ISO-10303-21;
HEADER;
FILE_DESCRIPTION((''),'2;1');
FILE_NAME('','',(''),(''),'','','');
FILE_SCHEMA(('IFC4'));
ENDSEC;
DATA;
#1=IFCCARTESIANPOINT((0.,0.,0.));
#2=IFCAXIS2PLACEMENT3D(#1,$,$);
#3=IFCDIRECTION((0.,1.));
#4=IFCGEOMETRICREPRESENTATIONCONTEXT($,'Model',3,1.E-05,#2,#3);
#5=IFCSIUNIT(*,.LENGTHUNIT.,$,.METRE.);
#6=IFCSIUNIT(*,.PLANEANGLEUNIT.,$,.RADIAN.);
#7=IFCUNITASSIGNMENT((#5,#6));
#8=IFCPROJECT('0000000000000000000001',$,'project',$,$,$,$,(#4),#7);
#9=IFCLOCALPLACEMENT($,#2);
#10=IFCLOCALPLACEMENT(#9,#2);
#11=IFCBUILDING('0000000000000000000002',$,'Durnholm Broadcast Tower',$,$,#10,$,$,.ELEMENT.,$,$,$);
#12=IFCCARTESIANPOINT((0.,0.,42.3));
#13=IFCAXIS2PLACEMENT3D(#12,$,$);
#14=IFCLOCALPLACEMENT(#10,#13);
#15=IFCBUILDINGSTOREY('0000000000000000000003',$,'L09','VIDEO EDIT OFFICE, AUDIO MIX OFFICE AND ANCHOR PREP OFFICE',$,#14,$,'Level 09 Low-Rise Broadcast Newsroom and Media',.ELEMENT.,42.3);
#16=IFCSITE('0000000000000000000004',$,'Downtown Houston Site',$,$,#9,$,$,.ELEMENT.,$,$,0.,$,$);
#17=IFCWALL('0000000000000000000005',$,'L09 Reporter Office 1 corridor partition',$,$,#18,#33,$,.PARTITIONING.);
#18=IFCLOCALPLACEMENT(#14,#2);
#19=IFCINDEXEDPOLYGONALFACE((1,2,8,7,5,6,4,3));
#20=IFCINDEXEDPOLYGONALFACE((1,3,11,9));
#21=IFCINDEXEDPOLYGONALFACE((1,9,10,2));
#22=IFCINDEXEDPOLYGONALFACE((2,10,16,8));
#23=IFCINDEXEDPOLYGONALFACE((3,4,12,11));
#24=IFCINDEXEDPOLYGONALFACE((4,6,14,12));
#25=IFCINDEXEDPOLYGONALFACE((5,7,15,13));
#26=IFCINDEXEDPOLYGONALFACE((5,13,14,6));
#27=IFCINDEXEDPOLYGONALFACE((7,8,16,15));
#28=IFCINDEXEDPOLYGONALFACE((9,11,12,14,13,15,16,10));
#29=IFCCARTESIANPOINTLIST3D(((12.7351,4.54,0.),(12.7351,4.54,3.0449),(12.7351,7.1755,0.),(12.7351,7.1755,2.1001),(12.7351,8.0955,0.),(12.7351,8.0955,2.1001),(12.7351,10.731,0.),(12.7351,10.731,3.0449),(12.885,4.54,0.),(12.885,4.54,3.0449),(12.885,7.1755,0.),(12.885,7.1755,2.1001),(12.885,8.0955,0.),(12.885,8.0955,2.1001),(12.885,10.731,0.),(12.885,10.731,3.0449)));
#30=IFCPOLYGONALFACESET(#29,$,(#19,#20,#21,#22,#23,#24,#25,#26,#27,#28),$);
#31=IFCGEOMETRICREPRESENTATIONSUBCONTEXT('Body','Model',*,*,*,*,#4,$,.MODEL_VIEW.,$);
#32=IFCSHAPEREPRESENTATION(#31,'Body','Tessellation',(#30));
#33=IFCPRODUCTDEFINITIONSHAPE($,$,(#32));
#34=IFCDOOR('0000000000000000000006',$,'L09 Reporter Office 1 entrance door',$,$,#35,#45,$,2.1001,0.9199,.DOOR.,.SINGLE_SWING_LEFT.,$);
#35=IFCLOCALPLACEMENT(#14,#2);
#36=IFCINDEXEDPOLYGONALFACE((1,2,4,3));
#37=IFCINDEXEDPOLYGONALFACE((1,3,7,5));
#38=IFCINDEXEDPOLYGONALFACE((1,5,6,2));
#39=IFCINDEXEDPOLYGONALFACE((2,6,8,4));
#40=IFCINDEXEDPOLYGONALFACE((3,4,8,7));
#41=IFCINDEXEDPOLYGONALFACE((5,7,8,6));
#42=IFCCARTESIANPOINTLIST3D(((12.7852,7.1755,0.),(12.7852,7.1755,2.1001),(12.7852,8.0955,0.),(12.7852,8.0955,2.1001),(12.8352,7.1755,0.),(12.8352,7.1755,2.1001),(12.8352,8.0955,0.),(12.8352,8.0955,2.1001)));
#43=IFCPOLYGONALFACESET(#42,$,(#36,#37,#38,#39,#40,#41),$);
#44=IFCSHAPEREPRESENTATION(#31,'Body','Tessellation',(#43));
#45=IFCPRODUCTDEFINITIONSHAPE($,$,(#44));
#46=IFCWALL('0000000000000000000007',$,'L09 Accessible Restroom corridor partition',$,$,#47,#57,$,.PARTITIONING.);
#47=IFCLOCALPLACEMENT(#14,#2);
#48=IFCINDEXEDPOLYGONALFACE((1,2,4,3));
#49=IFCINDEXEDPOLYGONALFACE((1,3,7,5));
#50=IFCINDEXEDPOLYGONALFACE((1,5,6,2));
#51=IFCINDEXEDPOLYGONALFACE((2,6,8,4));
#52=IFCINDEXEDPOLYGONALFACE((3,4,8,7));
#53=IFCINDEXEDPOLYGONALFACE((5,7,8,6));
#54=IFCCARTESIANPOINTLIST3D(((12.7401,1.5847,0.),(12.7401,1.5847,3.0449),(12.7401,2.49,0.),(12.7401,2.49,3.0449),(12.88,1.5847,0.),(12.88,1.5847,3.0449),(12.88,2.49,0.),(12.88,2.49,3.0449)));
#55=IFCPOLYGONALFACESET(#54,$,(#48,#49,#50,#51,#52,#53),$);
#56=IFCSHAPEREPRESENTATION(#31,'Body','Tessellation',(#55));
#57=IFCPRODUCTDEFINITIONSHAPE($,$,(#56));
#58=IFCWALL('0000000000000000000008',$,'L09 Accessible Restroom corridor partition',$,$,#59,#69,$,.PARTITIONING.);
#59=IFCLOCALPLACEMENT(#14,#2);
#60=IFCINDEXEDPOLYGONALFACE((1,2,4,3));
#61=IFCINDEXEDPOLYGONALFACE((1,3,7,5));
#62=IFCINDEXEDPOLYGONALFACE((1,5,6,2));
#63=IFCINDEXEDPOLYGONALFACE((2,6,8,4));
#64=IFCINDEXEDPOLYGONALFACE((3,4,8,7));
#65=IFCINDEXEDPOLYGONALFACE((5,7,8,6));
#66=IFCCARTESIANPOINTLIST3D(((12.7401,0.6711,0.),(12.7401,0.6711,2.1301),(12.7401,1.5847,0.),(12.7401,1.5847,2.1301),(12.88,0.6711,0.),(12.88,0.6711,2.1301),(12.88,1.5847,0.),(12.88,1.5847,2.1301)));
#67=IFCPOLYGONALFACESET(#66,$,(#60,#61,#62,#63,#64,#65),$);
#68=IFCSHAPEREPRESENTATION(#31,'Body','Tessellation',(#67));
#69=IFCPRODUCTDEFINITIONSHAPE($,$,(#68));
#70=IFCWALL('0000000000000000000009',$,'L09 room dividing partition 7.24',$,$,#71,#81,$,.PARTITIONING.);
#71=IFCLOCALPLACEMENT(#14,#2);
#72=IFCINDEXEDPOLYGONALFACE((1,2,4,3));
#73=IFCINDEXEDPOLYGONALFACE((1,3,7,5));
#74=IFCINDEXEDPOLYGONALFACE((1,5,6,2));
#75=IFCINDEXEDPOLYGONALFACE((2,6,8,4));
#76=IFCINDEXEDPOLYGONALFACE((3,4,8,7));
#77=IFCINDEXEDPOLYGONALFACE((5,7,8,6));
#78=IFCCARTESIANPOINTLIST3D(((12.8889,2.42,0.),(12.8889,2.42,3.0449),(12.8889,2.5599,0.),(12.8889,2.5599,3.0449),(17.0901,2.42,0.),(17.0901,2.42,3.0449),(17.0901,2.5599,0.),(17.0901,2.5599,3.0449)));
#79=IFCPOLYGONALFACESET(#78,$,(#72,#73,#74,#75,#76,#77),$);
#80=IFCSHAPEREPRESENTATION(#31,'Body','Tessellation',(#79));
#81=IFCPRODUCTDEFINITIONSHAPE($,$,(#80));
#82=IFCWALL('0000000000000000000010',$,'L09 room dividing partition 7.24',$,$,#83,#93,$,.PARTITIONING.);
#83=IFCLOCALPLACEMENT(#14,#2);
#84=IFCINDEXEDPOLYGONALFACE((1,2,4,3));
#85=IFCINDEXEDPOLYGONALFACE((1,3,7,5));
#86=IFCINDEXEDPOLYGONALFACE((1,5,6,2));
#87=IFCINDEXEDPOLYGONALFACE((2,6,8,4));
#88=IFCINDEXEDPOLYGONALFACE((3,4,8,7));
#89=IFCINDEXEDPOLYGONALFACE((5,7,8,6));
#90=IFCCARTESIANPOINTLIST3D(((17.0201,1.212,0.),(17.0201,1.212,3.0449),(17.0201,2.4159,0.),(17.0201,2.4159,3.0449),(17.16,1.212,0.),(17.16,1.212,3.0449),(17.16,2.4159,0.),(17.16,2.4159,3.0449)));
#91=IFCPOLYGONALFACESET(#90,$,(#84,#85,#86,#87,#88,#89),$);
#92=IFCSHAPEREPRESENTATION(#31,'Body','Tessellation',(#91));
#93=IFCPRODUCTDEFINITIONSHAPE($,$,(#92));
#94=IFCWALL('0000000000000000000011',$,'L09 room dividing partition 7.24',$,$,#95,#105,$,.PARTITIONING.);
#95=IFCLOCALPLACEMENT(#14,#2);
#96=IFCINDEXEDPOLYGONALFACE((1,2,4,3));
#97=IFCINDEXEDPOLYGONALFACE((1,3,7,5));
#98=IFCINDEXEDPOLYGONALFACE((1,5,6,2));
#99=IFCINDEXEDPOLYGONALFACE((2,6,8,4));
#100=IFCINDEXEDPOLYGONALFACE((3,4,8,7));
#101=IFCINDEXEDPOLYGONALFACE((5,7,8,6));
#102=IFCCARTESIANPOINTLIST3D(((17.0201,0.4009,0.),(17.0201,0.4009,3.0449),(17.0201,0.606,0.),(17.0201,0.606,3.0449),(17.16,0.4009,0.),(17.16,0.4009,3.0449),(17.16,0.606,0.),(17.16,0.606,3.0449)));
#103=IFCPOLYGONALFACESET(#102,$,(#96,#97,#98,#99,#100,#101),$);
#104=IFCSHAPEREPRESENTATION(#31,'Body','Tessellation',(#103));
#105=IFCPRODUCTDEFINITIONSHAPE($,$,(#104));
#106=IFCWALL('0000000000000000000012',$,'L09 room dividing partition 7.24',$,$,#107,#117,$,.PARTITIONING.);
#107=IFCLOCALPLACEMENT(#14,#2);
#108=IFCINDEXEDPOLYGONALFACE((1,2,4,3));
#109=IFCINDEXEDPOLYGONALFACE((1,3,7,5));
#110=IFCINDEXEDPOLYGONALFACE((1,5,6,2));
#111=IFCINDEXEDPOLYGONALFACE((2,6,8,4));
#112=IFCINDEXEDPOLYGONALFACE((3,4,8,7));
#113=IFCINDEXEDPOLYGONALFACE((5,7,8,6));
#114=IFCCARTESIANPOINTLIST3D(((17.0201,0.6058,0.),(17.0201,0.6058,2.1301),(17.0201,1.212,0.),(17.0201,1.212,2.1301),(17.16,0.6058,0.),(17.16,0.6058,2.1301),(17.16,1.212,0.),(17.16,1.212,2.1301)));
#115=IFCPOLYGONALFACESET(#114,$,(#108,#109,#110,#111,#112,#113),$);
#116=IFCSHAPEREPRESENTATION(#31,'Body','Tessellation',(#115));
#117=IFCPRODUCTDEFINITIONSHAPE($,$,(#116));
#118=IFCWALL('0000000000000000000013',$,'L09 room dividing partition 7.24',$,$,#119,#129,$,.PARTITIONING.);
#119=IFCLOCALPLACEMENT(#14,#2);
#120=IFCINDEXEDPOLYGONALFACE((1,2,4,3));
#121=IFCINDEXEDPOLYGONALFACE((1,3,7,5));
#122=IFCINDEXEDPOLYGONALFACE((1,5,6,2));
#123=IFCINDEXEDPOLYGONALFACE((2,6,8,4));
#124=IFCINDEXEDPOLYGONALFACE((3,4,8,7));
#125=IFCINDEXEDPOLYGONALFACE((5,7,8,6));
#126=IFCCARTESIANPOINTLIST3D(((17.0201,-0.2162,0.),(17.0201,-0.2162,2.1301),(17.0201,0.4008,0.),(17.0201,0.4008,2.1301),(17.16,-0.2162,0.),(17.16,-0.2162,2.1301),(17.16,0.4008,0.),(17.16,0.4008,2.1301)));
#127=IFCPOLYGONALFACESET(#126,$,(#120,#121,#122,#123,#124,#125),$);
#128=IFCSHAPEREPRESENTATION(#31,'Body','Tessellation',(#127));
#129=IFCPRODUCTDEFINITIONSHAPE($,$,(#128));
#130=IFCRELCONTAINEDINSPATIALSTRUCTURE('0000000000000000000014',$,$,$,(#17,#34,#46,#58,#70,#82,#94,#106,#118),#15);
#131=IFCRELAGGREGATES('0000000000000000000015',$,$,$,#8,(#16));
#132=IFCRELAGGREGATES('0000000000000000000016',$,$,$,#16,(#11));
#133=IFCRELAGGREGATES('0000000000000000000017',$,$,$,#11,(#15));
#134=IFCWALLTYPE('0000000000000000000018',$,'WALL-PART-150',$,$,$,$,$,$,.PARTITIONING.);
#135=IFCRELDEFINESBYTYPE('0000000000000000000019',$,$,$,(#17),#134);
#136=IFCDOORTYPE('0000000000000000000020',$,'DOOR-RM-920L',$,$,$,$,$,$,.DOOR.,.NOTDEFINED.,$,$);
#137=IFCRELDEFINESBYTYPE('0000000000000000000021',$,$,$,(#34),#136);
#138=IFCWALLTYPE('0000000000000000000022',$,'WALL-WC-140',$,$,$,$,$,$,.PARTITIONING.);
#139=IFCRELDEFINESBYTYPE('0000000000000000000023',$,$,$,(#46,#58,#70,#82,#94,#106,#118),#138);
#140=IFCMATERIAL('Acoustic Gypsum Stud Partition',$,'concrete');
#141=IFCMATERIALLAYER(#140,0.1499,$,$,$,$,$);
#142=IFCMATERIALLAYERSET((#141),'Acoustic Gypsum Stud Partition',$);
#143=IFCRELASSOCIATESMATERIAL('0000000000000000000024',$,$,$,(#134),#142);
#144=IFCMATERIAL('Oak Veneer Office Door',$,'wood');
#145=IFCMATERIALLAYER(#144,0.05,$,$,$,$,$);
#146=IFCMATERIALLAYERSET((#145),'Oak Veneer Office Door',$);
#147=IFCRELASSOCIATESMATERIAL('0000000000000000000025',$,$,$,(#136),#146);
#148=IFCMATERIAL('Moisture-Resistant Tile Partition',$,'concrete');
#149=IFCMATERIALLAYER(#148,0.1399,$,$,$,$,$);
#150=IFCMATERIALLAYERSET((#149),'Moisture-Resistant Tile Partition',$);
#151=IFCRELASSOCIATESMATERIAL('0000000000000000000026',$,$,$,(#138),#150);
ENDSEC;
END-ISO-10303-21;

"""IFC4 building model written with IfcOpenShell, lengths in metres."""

from ifc_helpers import new_model, si_unit, direction, frame, frame_2d, origin, place, context, subcontext, project, spatial, rectangle, extrude, source, transform, mapped, material, layer, layer_set, type_object, type_shapes, element, fill, save


model = new_model("IFC4")

# Units and contexts
model_context = context("Model", 3, precision=1e-05, world=origin(), true_north=direction((0.0, 1.0)))
body_context = subcontext(model_context, "Body", "Model", "MODEL_VIEW")
ifc_project = project(units=[si_unit("LENGTHUNIT", "METRE"), si_unit("PLANEANGLEUNIT", "RADIAN")], contexts=[model_context])

# Site, building, storey
site_placement = place(None, origin())
site = spatial("IfcSite", under=ifc_project, at=site_placement, Name="Downtown Houston Site", CompositionType="ELEMENT", RefElevation=0.0)
building_placement = place(site_placement, origin())
building = spatial("IfcBuilding", under=site, at=building_placement, Name="Durnholm Broadcast Tower", CompositionType="ELEMENT")
storey_placement = place(building_placement, frame((0.0, 0.0, 42.3)))
storey = spatial("IfcBuildingStorey", under=building, at=storey_placement, Name="L09", Description="VIDEO EDIT OFFICE, AUDIO MIX OFFICE AND ANCHOR PREP OFFICE", LongName="Level 09 Low-Rise Broadcast Newsroom and Media", CompositionType="ELEMENT", Elevation=42.3)

# Shared definitions
ifc_material_1 = material(Name="Acoustic Gypsum Stud Partition", Category="concrete")
ifc_layer_1 = layer(ifc_material_1, 0.1499)
ifc_layer_set_1 = layer_set([ifc_layer_1], Name="Acoustic Gypsum Stud Partition")
wall_type_1 = type_object("IfcWallType", Name="WALL-PART-150", PredefinedType="PARTITIONING", material=ifc_layer_set_1)

# Wall, opening, door
wall_1_placement = place(storey_placement, frame((12.8101, 4.54, 0.0), z_axis=(0.0, 0.0, 1.0), x_axis=(0.0, 1.0, 0.0)))
wall_1 = element("IfcWall", 1, at=wall_1_placement, inside=storey, type_object=wall_type_1, Name="L09 Reporter Office 1 corridor partition", PredefinedType="PARTITIONING", context=body_context, shape_type="SweptSolid", body=[
    extrude(rectangle(XDim=6.1909, YDim=0.1499, at=frame_2d((3.0955, 0.0))), origin(), (0.0, 0.0, 1.0), 3.0449),
])
opening_placement = place(wall_1_placement, frame((2.6355, 0.0, 0.0)))
opening = element("IfcOpeningElement", 2, at=opening_placement, cuts=wall_1, PredefinedType="OPENING", context=body_context, shape_type="SweptSolid", body=[
    extrude(rectangle(XDim=0.9199, YDim=2.1001, at=frame_2d((0.46, 1.05))), frame((0.0, 0.085, 0.0), z_axis=(0.0, -1.0, 0.0), x_axis=(1.0, 0.0, 0.0)), (0.0, 0.0, 1.0), 0.1699),
])
ifc_material_2 = material(Name="Oak Veneer Office Door", Category="wood")
ifc_layer_2 = layer(ifc_material_2, 0.05)
ifc_layer_set_2 = layer_set([ifc_layer_2], Name="Oak Veneer Office Door")
door_type = type_object("IfcDoorType", Name="DOOR-RM-920L", OperationType="NOTDEFINED", PredefinedType="DOOR", material=ifc_layer_set_2)
shared_shape_1 = source(origin(), body_context, "Body", "SweptSolid", [
    extrude(rectangle(XDim=0.9199, YDim=2.1001, at=frame_2d((0.46, 1.05))), frame((0.0, 0.0249, 0.0), z_axis=(0.0, -1.0, 0.0), x_axis=(1.0, 0.0, 0.0)), (0.0, 0.0, 1.0), 0.05),
])
type_shapes(door_type, [shared_shape_1])
door_placement = place(opening_placement, origin())
door = element("IfcDoor", 3, at=door_placement, inside=storey, type_object=door_type, Name="L09 Reporter Office 1 entrance door", OperationType="SINGLE_SWING_LEFT", OverallHeight=2.1001, OverallWidth=0.9199, PredefinedType="DOOR", context=body_context, shape_type="MappedRepresentation", body=[
    mapped(shared_shape_1, transform((0.0, 0.0, 0.0), x_axis=(1.0, 0.0, 0.0), y_axis=(0.0, 1.0, 0.0), z_axis=(0.0, 0.0, 1.0), scale=1.0)),
])
fill(opening, door)

# Walls
ifc_material_3 = material(Name="Moisture-Resistant Tile Partition", Category="concrete")
ifc_layer_3 = layer(ifc_material_3, 0.1399)
ifc_layer_set_3 = layer_set([ifc_layer_3], Name="Moisture-Resistant Tile Partition")
wall_type_2 = type_object("IfcWallType", Name="WALL-WC-140", PredefinedType="PARTITIONING", material=ifc_layer_set_3)
wall_2_placement = place(storey_placement, frame((12.8101, 1.5847, 0.0), z_axis=(0.0, 0.0, 1.0), x_axis=(0.0, 1.0, 0.0)))
element("IfcWall", 4, at=wall_2_placement, inside=storey, type_object=wall_type_2, Name="L09 Accessible Restroom corridor partition", PredefinedType="PARTITIONING", context=body_context, shape_type="SweptSolid", body=[
    extrude(rectangle(XDim=0.9053, YDim=0.1399, at=frame_2d((0.4526, 0.0))), origin(), (0.0, 0.0, 1.0), 3.0449),
])
wall_3_placement = place(storey_placement, frame((12.8101, 0.6711, 0.0), z_axis=(0.0, 0.0, 1.0), x_axis=(0.0, 1.0, 0.0)))
element("IfcWall", 5, at=wall_3_placement, inside=storey, type_object=wall_type_2, Name="L09 Accessible Restroom corridor partition", PredefinedType="PARTITIONING", context=body_context, shape_type="SweptSolid", body=[
    extrude(rectangle(XDim=0.9136, YDim=0.1399, at=frame_2d((0.4568, 0.0))), origin(), (0.0, 0.0, 1.0), 2.1301),
])
wall_4_placement = place(storey_placement, frame((12.8889, 2.49, 0.0), z_axis=(0.0, 0.0, 1.0), x_axis=(1.0, 0.0, 0.0)))
element("IfcWall", 6, at=wall_4_placement, inside=storey, type_object=wall_type_2, Name="L09 room dividing partition 7.24", PredefinedType="PARTITIONING", context=body_context, shape_type="SweptSolid", body=[
    extrude(rectangle(XDim=4.2012, YDim=0.1399, at=frame_2d((2.1006, 0.0))), origin(), (0.0, 0.0, 1.0), 3.0449),
])
wall_5_placement = place(storey_placement, frame((17.0901, 2.416, 0.0), z_axis=(0.0, 0.0, 1.0), x_axis=(0.0, -1.0, 0.0)))
element("IfcWall", 7, at=wall_5_placement, inside=storey, type_object=wall_type_2, Name="L09 room dividing partition 7.24", PredefinedType="PARTITIONING", context=body_context, shape_type="SweptSolid", body=[
    extrude(rectangle(XDim=1.2039, YDim=0.1399, at=frame_2d((0.6021, 0.0))), origin(), (0.0, 0.0, 1.0), 3.0449),
])
wall_6_placement = place(storey_placement, frame((17.0901, 0.606, 0.0), z_axis=(0.0, 0.0, 1.0), x_axis=(0.0, -1.0, 0.0)))
element("IfcWall", 8, at=wall_6_placement, inside=storey, type_object=wall_type_2, Name="L09 room dividing partition 7.24", PredefinedType="PARTITIONING", context=body_context, shape_type="SweptSolid", body=[
    extrude(rectangle(XDim=0.2051, YDim=0.1399, at=frame_2d((0.1025, 0.0))), origin(), (0.0, 0.0, 1.0), 3.0449),
])
wall_7_placement = place(storey_placement, frame((17.0901, 1.2122, 0.0), z_axis=(0.0, 0.0, 1.0), x_axis=(0.0, -1.0, 0.0)))
element("IfcWall", 9, at=wall_7_placement, inside=storey, type_object=wall_type_2, Name="L09 room dividing partition 7.24", PredefinedType="PARTITIONING", context=body_context, shape_type="SweptSolid", body=[
    extrude(rectangle(XDim=0.6062, YDim=0.1399, at=frame_2d((0.3032, 0.0))), origin(), (0.0, 0.0, 1.0), 2.1301),
])
wall_8_placement = place(storey_placement, frame((17.0901, 0.4009, 0.0), z_axis=(0.0, 0.0, 1.0), x_axis=(0.0, -1.0, 0.0)))
element("IfcWall", 10, at=wall_8_placement, inside=storey, type_object=wall_type_2, Name="L09 room dividing partition 7.24", PredefinedType="PARTITIONING", context=body_context, shape_type="SweptSolid", body=[
    extrude(rectangle(XDim=0.6169, YDim=0.1399, at=frame_2d((0.3086, 0.0))), origin(), (0.0, 0.0, 1.0), 2.1301),
])

save(model, "model.ifc")
